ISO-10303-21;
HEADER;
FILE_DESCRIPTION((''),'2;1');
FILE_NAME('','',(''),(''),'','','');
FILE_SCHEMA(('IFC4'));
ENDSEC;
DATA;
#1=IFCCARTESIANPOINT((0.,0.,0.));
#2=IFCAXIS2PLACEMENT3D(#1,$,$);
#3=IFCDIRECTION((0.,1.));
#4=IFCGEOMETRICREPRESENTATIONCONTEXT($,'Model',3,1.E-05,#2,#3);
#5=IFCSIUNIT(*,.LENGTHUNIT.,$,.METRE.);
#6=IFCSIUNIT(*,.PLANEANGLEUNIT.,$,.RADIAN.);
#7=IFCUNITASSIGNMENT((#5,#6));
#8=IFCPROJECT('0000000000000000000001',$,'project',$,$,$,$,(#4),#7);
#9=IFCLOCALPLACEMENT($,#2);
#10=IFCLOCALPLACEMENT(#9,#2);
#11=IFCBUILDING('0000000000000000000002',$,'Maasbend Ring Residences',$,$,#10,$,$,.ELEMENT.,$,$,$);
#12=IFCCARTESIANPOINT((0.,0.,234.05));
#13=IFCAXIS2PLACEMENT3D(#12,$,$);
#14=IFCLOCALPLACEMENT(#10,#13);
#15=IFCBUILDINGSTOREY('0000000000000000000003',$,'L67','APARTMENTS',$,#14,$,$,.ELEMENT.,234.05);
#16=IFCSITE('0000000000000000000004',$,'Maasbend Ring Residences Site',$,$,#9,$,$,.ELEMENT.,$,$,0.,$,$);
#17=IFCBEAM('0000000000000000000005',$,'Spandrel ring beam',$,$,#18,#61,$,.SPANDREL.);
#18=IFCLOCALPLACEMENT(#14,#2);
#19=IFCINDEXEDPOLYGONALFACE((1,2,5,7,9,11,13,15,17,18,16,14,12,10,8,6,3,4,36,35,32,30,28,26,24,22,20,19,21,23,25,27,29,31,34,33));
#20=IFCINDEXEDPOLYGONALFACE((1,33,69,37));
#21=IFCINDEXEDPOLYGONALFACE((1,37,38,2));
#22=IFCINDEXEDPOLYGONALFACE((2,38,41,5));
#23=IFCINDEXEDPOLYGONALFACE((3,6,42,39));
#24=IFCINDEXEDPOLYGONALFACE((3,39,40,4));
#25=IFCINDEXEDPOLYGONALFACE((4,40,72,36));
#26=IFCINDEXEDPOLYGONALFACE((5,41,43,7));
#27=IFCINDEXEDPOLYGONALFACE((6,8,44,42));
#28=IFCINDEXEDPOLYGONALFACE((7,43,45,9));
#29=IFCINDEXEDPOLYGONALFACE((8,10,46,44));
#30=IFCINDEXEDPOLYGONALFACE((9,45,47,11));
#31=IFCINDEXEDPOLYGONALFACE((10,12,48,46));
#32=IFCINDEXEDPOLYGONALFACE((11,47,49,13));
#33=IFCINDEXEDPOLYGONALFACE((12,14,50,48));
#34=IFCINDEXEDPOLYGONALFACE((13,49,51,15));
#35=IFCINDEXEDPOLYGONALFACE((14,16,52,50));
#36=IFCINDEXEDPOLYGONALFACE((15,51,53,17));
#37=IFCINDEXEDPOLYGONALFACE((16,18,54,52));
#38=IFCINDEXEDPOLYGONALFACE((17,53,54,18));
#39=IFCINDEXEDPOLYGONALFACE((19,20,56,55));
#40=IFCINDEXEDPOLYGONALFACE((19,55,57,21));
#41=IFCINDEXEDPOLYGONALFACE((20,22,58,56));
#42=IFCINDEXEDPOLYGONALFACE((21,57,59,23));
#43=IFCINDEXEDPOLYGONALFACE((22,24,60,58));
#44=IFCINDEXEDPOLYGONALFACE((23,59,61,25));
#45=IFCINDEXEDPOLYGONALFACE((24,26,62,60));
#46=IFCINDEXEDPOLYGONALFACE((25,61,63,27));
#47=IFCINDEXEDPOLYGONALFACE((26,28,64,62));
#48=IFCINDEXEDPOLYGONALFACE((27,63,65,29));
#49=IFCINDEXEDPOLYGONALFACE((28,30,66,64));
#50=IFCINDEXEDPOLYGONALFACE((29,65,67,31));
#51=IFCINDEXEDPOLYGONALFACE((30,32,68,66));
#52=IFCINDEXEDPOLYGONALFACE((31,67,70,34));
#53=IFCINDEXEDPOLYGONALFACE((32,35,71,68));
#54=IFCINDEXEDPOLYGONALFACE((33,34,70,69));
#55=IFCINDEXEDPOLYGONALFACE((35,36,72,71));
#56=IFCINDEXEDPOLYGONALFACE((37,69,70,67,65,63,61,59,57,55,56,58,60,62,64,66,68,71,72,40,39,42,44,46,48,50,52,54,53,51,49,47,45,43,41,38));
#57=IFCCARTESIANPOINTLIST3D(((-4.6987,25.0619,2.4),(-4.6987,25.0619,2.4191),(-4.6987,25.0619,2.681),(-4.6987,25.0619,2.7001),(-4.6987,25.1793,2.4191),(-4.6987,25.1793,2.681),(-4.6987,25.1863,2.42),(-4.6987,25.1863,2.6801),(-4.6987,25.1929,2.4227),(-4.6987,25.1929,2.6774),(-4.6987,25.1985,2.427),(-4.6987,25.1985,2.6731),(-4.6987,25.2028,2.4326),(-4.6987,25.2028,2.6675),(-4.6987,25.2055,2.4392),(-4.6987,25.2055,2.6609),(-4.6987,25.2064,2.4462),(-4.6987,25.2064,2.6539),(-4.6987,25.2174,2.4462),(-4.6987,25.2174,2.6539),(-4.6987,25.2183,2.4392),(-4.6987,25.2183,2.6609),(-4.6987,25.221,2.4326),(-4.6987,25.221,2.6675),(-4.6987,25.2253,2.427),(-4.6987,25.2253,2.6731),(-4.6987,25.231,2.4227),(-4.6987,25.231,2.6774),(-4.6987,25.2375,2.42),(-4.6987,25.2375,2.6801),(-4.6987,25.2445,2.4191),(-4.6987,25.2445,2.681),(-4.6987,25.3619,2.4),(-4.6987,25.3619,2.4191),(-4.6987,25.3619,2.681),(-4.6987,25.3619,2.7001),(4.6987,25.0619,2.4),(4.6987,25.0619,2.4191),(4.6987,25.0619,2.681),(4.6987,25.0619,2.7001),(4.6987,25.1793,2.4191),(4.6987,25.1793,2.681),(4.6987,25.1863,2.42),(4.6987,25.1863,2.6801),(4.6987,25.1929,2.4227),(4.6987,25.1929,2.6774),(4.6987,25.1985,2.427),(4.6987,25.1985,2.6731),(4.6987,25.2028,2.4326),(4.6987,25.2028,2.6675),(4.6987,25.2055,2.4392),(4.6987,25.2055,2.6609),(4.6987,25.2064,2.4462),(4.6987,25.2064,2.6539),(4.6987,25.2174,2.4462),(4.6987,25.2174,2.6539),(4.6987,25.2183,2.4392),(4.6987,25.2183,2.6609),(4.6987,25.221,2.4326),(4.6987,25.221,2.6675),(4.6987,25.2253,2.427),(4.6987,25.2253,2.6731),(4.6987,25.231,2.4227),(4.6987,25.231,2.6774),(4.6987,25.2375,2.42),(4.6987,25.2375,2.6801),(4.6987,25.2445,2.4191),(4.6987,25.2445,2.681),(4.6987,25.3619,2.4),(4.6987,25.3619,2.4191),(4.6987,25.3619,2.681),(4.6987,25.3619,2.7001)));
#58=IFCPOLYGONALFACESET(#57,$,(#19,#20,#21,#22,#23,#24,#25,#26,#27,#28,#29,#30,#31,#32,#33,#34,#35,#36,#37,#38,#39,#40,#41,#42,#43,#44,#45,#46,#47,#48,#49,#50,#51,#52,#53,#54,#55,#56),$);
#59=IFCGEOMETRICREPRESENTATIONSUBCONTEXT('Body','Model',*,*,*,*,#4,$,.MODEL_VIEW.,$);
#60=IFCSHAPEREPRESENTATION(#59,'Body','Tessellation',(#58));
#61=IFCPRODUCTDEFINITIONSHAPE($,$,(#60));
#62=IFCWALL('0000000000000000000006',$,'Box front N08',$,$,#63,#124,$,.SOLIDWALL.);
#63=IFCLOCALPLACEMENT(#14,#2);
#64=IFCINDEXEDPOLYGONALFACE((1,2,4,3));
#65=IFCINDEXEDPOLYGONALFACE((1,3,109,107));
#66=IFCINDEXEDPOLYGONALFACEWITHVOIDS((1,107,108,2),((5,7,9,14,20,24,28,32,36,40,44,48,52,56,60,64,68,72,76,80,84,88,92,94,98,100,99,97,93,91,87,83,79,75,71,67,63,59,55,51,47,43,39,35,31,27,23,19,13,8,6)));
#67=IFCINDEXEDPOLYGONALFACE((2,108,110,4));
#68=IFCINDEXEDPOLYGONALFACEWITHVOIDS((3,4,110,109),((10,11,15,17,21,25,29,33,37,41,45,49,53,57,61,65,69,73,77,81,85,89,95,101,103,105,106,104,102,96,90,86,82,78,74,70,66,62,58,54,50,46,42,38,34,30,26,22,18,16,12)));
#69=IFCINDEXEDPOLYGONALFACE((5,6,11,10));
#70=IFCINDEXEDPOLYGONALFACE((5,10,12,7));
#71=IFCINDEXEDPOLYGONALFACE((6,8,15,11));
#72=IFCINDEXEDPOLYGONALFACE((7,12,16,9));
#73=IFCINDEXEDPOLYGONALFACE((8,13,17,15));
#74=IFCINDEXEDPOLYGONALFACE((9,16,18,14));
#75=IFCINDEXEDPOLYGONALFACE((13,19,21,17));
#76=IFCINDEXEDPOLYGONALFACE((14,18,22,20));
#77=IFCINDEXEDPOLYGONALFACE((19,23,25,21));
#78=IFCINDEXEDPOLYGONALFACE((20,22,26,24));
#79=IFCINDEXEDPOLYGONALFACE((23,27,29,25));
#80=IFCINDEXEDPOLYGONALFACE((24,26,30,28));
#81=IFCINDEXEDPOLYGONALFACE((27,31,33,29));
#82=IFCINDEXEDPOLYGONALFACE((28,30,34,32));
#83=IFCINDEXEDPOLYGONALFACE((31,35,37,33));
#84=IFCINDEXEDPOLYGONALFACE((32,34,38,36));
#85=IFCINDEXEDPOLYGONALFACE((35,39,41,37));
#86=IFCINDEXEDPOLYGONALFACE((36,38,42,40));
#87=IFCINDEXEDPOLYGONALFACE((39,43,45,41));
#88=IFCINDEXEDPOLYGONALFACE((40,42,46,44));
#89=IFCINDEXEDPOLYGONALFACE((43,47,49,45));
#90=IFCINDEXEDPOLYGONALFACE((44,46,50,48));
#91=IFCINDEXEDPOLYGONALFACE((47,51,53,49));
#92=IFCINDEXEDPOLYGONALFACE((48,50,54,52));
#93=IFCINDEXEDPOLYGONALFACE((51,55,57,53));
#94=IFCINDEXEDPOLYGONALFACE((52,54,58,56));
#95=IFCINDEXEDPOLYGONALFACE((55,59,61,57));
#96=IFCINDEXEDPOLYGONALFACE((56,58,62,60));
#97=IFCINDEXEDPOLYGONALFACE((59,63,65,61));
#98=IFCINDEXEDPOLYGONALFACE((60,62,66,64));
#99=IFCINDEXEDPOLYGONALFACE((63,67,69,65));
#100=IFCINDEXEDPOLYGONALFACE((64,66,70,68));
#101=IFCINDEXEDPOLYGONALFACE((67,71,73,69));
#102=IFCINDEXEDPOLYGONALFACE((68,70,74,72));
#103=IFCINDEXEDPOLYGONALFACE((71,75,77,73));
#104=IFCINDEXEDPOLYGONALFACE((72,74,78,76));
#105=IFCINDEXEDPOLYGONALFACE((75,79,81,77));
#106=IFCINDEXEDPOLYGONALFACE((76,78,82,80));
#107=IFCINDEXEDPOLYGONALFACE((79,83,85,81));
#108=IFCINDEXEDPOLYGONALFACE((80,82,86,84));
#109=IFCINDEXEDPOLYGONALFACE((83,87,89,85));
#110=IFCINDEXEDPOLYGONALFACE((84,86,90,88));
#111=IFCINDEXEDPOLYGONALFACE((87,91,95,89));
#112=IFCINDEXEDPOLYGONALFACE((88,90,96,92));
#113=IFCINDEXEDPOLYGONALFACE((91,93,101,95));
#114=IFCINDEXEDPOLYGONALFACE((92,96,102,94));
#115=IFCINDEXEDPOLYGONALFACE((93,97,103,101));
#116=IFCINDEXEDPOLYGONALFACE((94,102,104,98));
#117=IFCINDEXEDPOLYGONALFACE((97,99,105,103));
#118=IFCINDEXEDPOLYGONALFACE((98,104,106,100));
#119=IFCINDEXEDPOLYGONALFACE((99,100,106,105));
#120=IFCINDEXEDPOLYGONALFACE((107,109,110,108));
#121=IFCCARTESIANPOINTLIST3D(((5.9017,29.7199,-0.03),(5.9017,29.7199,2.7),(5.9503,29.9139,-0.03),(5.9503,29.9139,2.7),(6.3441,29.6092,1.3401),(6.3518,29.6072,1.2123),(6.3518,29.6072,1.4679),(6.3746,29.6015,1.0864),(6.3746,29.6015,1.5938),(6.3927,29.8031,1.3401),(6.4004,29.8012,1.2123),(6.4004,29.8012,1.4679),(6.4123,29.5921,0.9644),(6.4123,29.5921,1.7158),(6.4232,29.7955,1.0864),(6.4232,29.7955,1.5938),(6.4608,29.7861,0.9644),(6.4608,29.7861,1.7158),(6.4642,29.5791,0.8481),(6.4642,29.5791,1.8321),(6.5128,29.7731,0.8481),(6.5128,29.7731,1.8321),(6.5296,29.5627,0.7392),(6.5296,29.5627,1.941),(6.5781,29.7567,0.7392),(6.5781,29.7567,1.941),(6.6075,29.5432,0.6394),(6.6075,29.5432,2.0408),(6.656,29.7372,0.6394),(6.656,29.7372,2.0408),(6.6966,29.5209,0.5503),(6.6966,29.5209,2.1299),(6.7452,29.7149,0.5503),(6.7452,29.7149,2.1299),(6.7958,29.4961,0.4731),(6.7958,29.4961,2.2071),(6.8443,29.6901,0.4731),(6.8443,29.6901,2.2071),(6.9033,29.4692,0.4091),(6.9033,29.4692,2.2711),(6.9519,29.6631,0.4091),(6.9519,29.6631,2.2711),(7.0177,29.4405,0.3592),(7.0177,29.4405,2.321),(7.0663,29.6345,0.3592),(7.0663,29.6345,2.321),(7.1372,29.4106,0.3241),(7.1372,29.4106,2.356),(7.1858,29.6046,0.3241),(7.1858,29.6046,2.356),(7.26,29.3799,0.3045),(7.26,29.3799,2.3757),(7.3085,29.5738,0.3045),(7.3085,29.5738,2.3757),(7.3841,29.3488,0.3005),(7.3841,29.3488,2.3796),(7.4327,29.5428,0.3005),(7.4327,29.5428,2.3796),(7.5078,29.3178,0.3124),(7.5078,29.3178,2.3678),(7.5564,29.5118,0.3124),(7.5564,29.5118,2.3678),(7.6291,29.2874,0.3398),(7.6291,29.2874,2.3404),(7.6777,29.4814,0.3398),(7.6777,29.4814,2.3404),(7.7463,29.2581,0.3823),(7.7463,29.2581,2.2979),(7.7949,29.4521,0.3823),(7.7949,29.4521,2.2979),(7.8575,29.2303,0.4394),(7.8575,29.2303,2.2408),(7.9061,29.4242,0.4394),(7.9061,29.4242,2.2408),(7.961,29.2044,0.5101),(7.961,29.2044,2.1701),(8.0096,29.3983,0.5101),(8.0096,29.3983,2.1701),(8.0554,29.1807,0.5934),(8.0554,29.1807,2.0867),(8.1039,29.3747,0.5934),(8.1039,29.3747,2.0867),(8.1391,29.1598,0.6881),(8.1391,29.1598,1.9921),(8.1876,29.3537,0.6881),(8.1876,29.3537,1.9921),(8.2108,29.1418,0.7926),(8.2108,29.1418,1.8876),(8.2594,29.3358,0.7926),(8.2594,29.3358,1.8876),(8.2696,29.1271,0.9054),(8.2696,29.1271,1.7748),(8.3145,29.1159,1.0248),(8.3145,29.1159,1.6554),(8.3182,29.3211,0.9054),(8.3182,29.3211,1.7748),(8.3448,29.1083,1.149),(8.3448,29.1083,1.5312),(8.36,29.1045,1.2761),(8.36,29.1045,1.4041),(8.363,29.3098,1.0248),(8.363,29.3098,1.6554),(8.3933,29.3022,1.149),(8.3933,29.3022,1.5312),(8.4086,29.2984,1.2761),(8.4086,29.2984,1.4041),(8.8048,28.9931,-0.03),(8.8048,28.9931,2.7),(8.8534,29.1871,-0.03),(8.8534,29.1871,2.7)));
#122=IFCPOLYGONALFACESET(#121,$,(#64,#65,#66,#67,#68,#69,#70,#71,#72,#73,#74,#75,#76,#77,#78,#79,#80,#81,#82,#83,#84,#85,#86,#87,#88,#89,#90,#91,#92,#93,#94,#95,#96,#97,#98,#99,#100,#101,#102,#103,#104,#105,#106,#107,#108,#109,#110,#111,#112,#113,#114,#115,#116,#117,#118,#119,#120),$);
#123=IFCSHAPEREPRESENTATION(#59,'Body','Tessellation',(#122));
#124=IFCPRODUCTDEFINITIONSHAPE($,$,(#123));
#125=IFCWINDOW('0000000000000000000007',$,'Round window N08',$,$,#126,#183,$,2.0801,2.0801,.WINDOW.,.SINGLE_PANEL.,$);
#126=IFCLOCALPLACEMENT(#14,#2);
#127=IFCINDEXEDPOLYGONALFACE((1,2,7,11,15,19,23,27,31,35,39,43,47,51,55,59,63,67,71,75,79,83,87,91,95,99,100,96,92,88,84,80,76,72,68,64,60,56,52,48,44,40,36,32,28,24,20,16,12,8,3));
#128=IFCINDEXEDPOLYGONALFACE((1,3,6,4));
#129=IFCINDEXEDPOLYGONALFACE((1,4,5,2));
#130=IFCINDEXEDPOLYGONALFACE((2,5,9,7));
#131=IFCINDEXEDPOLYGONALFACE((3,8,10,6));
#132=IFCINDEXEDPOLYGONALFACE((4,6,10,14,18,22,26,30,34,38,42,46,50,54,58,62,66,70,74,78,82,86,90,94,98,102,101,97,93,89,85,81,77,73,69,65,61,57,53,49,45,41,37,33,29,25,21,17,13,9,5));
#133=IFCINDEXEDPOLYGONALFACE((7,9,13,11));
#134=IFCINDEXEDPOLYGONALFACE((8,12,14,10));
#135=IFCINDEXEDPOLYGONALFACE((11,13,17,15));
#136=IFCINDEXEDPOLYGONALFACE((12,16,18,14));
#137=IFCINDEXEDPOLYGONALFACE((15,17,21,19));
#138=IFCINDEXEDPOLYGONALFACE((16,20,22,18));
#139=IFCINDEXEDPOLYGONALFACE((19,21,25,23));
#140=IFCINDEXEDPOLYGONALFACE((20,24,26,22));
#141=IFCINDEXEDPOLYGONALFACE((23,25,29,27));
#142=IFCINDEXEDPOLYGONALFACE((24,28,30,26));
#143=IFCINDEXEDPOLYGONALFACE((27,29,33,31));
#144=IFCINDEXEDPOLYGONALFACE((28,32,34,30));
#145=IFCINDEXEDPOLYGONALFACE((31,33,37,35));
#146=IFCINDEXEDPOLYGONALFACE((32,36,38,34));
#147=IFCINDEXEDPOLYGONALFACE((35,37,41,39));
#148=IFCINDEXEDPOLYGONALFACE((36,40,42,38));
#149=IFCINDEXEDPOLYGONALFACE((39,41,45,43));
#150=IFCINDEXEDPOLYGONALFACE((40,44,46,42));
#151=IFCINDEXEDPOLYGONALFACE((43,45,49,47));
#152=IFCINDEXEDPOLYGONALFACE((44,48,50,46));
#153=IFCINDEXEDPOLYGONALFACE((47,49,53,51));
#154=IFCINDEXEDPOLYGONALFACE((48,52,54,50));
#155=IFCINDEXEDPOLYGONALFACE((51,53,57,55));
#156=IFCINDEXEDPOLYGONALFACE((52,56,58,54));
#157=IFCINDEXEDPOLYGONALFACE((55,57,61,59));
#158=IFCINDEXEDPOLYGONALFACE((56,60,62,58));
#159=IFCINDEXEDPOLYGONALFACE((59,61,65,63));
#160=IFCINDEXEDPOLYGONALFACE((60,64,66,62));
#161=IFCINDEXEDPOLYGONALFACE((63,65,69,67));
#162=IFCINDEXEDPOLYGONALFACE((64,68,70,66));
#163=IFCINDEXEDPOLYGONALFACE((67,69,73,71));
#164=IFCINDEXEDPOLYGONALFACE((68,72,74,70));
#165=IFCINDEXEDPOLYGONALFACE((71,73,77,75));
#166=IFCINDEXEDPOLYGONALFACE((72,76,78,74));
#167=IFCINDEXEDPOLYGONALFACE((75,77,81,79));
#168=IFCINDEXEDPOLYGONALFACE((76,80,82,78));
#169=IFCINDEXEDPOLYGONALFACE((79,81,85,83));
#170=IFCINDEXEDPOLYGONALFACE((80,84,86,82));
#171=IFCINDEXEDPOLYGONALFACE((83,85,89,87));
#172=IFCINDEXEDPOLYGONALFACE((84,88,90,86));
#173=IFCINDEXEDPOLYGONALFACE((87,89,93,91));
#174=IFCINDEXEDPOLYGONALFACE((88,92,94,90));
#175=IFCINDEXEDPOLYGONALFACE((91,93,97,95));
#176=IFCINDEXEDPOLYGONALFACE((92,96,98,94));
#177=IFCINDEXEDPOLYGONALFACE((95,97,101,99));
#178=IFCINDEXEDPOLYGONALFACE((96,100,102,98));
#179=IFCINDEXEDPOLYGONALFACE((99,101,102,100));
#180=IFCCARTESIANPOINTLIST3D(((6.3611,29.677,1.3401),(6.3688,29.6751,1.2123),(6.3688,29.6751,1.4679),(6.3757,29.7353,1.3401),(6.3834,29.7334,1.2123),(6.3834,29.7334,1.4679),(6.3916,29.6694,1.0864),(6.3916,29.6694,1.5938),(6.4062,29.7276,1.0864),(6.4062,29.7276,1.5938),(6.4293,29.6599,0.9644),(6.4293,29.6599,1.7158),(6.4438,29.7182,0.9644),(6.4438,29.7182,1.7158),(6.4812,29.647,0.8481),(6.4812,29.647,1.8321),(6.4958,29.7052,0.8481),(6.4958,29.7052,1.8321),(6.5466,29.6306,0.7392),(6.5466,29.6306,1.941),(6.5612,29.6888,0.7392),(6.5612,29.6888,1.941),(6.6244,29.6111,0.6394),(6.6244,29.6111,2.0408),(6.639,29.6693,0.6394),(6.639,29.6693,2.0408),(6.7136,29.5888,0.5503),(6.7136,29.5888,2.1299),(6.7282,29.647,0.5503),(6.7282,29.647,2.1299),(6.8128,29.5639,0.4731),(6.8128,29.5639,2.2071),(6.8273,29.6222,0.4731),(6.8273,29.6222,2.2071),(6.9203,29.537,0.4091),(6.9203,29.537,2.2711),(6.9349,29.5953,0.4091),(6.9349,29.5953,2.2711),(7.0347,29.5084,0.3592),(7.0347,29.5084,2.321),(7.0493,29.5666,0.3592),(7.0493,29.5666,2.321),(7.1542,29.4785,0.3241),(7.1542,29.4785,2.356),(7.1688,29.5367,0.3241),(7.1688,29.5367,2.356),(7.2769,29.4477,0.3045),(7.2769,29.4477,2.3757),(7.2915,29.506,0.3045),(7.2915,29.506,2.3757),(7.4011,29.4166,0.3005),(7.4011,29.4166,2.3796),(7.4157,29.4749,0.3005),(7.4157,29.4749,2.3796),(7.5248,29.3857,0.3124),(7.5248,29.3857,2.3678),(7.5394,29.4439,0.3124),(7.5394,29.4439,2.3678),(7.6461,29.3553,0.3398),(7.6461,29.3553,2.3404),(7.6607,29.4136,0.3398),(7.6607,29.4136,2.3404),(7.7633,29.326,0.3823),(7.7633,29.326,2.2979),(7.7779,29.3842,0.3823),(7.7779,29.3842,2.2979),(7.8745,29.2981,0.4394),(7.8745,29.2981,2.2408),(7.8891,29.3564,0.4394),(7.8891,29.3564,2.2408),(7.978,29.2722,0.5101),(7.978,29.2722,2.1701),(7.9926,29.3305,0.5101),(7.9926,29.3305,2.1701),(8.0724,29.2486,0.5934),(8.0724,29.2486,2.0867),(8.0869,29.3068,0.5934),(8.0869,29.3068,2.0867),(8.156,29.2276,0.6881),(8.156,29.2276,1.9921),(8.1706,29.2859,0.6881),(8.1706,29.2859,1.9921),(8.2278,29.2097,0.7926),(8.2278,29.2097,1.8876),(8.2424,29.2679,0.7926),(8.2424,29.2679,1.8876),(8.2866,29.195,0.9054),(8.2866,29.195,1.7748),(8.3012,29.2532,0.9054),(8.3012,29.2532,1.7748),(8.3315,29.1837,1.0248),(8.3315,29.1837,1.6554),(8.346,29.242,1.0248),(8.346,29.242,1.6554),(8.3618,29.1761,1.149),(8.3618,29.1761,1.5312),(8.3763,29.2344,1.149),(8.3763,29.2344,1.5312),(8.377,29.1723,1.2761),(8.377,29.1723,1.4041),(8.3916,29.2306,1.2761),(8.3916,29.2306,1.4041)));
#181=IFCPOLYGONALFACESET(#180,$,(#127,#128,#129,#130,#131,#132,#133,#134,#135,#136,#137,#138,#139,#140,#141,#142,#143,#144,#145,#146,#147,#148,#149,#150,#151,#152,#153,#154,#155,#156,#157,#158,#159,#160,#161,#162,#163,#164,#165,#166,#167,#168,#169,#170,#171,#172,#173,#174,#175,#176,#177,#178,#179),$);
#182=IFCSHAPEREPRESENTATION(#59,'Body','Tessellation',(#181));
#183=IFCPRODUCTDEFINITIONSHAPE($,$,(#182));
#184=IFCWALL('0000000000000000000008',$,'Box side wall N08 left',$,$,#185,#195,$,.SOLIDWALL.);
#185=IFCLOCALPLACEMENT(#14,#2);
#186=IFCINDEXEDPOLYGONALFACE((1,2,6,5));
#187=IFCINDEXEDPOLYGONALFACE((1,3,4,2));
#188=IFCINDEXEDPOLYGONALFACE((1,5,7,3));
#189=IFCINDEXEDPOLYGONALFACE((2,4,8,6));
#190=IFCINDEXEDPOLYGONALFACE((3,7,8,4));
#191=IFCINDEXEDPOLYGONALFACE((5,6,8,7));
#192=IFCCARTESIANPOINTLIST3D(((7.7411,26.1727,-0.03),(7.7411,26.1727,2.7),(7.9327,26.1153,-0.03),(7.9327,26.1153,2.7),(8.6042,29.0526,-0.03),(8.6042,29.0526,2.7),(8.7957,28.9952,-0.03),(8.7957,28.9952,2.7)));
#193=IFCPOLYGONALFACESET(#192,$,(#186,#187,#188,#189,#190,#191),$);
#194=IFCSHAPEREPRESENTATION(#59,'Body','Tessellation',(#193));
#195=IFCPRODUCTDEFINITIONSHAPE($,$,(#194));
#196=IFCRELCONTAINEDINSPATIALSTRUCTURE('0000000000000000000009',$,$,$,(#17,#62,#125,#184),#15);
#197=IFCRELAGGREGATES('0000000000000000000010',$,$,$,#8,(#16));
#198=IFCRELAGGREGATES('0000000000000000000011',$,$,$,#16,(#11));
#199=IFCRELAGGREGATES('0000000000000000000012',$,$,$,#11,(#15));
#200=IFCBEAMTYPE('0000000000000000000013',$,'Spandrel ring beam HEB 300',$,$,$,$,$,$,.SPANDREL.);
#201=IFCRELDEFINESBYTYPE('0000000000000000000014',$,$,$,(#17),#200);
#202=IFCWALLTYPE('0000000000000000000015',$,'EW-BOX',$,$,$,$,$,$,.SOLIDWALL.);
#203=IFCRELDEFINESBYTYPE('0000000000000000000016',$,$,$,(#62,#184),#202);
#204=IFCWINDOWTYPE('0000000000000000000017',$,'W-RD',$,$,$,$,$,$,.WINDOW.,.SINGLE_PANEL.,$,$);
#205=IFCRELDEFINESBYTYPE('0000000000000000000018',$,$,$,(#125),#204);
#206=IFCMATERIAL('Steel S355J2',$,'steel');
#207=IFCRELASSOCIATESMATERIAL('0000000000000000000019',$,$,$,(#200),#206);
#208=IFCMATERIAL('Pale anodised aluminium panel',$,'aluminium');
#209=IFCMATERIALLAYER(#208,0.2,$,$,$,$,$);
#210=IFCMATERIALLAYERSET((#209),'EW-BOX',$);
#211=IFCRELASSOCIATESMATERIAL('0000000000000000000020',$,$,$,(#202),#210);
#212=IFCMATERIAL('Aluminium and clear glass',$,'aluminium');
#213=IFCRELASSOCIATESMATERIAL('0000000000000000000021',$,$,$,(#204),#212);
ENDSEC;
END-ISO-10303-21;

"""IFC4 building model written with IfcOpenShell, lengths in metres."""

from ifc_helpers import new_model, si_unit, direction, frame, frame_2d, origin, origin_2d, place, context, subcontext, project, spatial, rectangle, circle, i_section, extrude, material, layer, layer_set, material_profile, profile_set, type_object, element, fill, save


model = new_model("IFC4")

# Units and contexts
model_context = context("Model", 3, precision=1e-05, world=origin(), true_north=direction((0.0, 1.0)))
body_context = subcontext(model_context, "Body", "Model", "MODEL_VIEW")
ifc_project = project(units=[si_unit("LENGTHUNIT", "METRE"), si_unit("PLANEANGLEUNIT", "RADIAN")], contexts=[model_context])

# Site, building, storey
site_placement = place(None, origin())
site = spatial("IfcSite", under=ifc_project, at=site_placement, Name="Maasbend Ring Residences Site", CompositionType="ELEMENT", RefElevation=0.0)
building_placement = place(site_placement, origin())
building = spatial("IfcBuilding", under=site, at=building_placement, Name="Maasbend Ring Residences", CompositionType="ELEMENT")
storey_placement = place(building_placement, frame((0.0, 0.0, 234.05)))
storey = spatial("IfcBuildingStorey", under=building, at=storey_placement, Name="L67", Description="APARTMENTS", CompositionType="ELEMENT", Elevation=234.05)

# Beam
ifc_material_1 = material(Name="Steel S355J2", Category="steel")
ifc_material_profile_1 = material_profile(ifc_material_1, i_section(OverallWidth=0.3, OverallDepth=0.3, WebThickness=0.011, FlangeThickness=0.019, FilletRadius=0.0271, at=origin_2d()), Name="HEB 300")
ifc_profile_set_1 = profile_set([ifc_material_profile_1], Name="Steel S355J2")
beam_type = type_object("IfcBeamType", Name="Spandrel ring beam HEB 300", PredefinedType="SPANDREL", material=ifc_profile_set_1)
beam_placement = place(storey_placement, frame((4.6987, 25.2119, 2.55), z_axis=(-1.0, 0.0, 0.0), x_axis=(0.0, -1.0, 0.0)))
element("IfcBeam", 1, at=beam_placement, inside=storey, type_object=beam_type, Name="Spandrel ring beam", PredefinedType="SPANDREL", context=body_context, shape_type="SweptSolid", body=[
    extrude(i_section(OverallWidth=0.3, OverallDepth=0.3, WebThickness=0.011, FlangeThickness=0.019, FilletRadius=0.0271, at=origin_2d()), origin(), (0.0, 0.0, 1.0), 9.3975),
])

# Wall, opening, window
ifc_material_2 = material(Name="Pale anodised aluminium panel", Category="aluminium")
ifc_layer_1 = layer(ifc_material_2, 0.2)
ifc_layer_set_1 = layer_set([ifc_layer_1], Name="EW-BOX")
wall_type_1 = type_object("IfcWallType", Name="EW-BOX", PredefinedType="SOLIDWALL", material=ifc_layer_set_1)
wall_1_placement = place(storey_placement, frame((8.8291, 29.0901, -0.03), z_axis=(0.0, 0.0, 1.0), x_axis=(-0.970061, 0.242862, 0.0)))
wall_1 = element("IfcWall", 2, at=wall_1_placement, inside=storey, type_object=wall_type_1, Name="Box front N08", PredefinedType="SOLIDWALL", context=body_context, shape_type="SweptSolid", body=[
    extrude(rectangle(XDim=2.9927, YDim=0.2, at=frame_2d((1.4963, 0.0))), origin(), (0.0, 0.0, 1.0), 2.73),
])
opening_1_placement = place(wall_1_placement, frame((0.4565, 0.0, 0.3301)))
opening_1 = element("IfcOpeningElement", 3, at=opening_1_placement, cuts=wall_1, PredefinedType="OPENING", context=body_context, shape_type="SweptSolid", body=[
    extrude(circle(Radius=1.04, at=frame_2d((1.04, 1.04))), frame((0.0, 0.1099, 0.0), z_axis=(0.0, -1.0, 0.0), x_axis=(1.0, 0.0, 0.0)), (0.0, 0.0, 1.0), 0.22),
])
ifc_material_3 = material(Name="Aluminium and clear glass", Category="aluminium")
window_type_1 = type_object("IfcWindowType", Name="W-RD", PartitioningType="SINGLE_PANEL", PredefinedType="WINDOW", material=ifc_material_3)
window_1_placement = place(opening_1_placement, origin())
window_1 = element("IfcWindow", 4, at=window_1_placement, inside=storey, type_object=window_type_1, Name="Round window N08", OverallHeight=2.0801, OverallWidth=2.0801, PartitioningType="SINGLE_PANEL", PredefinedType="WINDOW", context=body_context, shape_type="SweptSolid", body=[
    extrude(circle(Radius=1.04, at=frame_2d((1.04, 1.04))), frame((0.0, 0.03, 0.0), z_axis=(0.0, -1.0, 0.0), x_axis=(1.0, 0.0, 0.0)), (0.0, 0.0, 1.0), 0.0601),
])
fill(opening_1, window_1)

# Wall
wall_2_placement = place(storey_placement, frame((7.8369, 26.144, -0.03), z_axis=(0.0, 0.0, 1.0), x_axis=(0.287065, 0.957911, 0.0)))
element("IfcWall", 5, at=wall_2_placement, inside=storey, type_object=wall_type_1, Name="Box side wall N08 left", PredefinedType="SOLIDWALL", context=body_context, shape_type="SweptSolid", body=[
    extrude(rectangle(XDim=3.0063, YDim=0.2, at=frame_2d((1.5032, 0.0))), origin(), (0.0, 0.0, 1.0), 2.73),
])

save(model, "model.ifc")
